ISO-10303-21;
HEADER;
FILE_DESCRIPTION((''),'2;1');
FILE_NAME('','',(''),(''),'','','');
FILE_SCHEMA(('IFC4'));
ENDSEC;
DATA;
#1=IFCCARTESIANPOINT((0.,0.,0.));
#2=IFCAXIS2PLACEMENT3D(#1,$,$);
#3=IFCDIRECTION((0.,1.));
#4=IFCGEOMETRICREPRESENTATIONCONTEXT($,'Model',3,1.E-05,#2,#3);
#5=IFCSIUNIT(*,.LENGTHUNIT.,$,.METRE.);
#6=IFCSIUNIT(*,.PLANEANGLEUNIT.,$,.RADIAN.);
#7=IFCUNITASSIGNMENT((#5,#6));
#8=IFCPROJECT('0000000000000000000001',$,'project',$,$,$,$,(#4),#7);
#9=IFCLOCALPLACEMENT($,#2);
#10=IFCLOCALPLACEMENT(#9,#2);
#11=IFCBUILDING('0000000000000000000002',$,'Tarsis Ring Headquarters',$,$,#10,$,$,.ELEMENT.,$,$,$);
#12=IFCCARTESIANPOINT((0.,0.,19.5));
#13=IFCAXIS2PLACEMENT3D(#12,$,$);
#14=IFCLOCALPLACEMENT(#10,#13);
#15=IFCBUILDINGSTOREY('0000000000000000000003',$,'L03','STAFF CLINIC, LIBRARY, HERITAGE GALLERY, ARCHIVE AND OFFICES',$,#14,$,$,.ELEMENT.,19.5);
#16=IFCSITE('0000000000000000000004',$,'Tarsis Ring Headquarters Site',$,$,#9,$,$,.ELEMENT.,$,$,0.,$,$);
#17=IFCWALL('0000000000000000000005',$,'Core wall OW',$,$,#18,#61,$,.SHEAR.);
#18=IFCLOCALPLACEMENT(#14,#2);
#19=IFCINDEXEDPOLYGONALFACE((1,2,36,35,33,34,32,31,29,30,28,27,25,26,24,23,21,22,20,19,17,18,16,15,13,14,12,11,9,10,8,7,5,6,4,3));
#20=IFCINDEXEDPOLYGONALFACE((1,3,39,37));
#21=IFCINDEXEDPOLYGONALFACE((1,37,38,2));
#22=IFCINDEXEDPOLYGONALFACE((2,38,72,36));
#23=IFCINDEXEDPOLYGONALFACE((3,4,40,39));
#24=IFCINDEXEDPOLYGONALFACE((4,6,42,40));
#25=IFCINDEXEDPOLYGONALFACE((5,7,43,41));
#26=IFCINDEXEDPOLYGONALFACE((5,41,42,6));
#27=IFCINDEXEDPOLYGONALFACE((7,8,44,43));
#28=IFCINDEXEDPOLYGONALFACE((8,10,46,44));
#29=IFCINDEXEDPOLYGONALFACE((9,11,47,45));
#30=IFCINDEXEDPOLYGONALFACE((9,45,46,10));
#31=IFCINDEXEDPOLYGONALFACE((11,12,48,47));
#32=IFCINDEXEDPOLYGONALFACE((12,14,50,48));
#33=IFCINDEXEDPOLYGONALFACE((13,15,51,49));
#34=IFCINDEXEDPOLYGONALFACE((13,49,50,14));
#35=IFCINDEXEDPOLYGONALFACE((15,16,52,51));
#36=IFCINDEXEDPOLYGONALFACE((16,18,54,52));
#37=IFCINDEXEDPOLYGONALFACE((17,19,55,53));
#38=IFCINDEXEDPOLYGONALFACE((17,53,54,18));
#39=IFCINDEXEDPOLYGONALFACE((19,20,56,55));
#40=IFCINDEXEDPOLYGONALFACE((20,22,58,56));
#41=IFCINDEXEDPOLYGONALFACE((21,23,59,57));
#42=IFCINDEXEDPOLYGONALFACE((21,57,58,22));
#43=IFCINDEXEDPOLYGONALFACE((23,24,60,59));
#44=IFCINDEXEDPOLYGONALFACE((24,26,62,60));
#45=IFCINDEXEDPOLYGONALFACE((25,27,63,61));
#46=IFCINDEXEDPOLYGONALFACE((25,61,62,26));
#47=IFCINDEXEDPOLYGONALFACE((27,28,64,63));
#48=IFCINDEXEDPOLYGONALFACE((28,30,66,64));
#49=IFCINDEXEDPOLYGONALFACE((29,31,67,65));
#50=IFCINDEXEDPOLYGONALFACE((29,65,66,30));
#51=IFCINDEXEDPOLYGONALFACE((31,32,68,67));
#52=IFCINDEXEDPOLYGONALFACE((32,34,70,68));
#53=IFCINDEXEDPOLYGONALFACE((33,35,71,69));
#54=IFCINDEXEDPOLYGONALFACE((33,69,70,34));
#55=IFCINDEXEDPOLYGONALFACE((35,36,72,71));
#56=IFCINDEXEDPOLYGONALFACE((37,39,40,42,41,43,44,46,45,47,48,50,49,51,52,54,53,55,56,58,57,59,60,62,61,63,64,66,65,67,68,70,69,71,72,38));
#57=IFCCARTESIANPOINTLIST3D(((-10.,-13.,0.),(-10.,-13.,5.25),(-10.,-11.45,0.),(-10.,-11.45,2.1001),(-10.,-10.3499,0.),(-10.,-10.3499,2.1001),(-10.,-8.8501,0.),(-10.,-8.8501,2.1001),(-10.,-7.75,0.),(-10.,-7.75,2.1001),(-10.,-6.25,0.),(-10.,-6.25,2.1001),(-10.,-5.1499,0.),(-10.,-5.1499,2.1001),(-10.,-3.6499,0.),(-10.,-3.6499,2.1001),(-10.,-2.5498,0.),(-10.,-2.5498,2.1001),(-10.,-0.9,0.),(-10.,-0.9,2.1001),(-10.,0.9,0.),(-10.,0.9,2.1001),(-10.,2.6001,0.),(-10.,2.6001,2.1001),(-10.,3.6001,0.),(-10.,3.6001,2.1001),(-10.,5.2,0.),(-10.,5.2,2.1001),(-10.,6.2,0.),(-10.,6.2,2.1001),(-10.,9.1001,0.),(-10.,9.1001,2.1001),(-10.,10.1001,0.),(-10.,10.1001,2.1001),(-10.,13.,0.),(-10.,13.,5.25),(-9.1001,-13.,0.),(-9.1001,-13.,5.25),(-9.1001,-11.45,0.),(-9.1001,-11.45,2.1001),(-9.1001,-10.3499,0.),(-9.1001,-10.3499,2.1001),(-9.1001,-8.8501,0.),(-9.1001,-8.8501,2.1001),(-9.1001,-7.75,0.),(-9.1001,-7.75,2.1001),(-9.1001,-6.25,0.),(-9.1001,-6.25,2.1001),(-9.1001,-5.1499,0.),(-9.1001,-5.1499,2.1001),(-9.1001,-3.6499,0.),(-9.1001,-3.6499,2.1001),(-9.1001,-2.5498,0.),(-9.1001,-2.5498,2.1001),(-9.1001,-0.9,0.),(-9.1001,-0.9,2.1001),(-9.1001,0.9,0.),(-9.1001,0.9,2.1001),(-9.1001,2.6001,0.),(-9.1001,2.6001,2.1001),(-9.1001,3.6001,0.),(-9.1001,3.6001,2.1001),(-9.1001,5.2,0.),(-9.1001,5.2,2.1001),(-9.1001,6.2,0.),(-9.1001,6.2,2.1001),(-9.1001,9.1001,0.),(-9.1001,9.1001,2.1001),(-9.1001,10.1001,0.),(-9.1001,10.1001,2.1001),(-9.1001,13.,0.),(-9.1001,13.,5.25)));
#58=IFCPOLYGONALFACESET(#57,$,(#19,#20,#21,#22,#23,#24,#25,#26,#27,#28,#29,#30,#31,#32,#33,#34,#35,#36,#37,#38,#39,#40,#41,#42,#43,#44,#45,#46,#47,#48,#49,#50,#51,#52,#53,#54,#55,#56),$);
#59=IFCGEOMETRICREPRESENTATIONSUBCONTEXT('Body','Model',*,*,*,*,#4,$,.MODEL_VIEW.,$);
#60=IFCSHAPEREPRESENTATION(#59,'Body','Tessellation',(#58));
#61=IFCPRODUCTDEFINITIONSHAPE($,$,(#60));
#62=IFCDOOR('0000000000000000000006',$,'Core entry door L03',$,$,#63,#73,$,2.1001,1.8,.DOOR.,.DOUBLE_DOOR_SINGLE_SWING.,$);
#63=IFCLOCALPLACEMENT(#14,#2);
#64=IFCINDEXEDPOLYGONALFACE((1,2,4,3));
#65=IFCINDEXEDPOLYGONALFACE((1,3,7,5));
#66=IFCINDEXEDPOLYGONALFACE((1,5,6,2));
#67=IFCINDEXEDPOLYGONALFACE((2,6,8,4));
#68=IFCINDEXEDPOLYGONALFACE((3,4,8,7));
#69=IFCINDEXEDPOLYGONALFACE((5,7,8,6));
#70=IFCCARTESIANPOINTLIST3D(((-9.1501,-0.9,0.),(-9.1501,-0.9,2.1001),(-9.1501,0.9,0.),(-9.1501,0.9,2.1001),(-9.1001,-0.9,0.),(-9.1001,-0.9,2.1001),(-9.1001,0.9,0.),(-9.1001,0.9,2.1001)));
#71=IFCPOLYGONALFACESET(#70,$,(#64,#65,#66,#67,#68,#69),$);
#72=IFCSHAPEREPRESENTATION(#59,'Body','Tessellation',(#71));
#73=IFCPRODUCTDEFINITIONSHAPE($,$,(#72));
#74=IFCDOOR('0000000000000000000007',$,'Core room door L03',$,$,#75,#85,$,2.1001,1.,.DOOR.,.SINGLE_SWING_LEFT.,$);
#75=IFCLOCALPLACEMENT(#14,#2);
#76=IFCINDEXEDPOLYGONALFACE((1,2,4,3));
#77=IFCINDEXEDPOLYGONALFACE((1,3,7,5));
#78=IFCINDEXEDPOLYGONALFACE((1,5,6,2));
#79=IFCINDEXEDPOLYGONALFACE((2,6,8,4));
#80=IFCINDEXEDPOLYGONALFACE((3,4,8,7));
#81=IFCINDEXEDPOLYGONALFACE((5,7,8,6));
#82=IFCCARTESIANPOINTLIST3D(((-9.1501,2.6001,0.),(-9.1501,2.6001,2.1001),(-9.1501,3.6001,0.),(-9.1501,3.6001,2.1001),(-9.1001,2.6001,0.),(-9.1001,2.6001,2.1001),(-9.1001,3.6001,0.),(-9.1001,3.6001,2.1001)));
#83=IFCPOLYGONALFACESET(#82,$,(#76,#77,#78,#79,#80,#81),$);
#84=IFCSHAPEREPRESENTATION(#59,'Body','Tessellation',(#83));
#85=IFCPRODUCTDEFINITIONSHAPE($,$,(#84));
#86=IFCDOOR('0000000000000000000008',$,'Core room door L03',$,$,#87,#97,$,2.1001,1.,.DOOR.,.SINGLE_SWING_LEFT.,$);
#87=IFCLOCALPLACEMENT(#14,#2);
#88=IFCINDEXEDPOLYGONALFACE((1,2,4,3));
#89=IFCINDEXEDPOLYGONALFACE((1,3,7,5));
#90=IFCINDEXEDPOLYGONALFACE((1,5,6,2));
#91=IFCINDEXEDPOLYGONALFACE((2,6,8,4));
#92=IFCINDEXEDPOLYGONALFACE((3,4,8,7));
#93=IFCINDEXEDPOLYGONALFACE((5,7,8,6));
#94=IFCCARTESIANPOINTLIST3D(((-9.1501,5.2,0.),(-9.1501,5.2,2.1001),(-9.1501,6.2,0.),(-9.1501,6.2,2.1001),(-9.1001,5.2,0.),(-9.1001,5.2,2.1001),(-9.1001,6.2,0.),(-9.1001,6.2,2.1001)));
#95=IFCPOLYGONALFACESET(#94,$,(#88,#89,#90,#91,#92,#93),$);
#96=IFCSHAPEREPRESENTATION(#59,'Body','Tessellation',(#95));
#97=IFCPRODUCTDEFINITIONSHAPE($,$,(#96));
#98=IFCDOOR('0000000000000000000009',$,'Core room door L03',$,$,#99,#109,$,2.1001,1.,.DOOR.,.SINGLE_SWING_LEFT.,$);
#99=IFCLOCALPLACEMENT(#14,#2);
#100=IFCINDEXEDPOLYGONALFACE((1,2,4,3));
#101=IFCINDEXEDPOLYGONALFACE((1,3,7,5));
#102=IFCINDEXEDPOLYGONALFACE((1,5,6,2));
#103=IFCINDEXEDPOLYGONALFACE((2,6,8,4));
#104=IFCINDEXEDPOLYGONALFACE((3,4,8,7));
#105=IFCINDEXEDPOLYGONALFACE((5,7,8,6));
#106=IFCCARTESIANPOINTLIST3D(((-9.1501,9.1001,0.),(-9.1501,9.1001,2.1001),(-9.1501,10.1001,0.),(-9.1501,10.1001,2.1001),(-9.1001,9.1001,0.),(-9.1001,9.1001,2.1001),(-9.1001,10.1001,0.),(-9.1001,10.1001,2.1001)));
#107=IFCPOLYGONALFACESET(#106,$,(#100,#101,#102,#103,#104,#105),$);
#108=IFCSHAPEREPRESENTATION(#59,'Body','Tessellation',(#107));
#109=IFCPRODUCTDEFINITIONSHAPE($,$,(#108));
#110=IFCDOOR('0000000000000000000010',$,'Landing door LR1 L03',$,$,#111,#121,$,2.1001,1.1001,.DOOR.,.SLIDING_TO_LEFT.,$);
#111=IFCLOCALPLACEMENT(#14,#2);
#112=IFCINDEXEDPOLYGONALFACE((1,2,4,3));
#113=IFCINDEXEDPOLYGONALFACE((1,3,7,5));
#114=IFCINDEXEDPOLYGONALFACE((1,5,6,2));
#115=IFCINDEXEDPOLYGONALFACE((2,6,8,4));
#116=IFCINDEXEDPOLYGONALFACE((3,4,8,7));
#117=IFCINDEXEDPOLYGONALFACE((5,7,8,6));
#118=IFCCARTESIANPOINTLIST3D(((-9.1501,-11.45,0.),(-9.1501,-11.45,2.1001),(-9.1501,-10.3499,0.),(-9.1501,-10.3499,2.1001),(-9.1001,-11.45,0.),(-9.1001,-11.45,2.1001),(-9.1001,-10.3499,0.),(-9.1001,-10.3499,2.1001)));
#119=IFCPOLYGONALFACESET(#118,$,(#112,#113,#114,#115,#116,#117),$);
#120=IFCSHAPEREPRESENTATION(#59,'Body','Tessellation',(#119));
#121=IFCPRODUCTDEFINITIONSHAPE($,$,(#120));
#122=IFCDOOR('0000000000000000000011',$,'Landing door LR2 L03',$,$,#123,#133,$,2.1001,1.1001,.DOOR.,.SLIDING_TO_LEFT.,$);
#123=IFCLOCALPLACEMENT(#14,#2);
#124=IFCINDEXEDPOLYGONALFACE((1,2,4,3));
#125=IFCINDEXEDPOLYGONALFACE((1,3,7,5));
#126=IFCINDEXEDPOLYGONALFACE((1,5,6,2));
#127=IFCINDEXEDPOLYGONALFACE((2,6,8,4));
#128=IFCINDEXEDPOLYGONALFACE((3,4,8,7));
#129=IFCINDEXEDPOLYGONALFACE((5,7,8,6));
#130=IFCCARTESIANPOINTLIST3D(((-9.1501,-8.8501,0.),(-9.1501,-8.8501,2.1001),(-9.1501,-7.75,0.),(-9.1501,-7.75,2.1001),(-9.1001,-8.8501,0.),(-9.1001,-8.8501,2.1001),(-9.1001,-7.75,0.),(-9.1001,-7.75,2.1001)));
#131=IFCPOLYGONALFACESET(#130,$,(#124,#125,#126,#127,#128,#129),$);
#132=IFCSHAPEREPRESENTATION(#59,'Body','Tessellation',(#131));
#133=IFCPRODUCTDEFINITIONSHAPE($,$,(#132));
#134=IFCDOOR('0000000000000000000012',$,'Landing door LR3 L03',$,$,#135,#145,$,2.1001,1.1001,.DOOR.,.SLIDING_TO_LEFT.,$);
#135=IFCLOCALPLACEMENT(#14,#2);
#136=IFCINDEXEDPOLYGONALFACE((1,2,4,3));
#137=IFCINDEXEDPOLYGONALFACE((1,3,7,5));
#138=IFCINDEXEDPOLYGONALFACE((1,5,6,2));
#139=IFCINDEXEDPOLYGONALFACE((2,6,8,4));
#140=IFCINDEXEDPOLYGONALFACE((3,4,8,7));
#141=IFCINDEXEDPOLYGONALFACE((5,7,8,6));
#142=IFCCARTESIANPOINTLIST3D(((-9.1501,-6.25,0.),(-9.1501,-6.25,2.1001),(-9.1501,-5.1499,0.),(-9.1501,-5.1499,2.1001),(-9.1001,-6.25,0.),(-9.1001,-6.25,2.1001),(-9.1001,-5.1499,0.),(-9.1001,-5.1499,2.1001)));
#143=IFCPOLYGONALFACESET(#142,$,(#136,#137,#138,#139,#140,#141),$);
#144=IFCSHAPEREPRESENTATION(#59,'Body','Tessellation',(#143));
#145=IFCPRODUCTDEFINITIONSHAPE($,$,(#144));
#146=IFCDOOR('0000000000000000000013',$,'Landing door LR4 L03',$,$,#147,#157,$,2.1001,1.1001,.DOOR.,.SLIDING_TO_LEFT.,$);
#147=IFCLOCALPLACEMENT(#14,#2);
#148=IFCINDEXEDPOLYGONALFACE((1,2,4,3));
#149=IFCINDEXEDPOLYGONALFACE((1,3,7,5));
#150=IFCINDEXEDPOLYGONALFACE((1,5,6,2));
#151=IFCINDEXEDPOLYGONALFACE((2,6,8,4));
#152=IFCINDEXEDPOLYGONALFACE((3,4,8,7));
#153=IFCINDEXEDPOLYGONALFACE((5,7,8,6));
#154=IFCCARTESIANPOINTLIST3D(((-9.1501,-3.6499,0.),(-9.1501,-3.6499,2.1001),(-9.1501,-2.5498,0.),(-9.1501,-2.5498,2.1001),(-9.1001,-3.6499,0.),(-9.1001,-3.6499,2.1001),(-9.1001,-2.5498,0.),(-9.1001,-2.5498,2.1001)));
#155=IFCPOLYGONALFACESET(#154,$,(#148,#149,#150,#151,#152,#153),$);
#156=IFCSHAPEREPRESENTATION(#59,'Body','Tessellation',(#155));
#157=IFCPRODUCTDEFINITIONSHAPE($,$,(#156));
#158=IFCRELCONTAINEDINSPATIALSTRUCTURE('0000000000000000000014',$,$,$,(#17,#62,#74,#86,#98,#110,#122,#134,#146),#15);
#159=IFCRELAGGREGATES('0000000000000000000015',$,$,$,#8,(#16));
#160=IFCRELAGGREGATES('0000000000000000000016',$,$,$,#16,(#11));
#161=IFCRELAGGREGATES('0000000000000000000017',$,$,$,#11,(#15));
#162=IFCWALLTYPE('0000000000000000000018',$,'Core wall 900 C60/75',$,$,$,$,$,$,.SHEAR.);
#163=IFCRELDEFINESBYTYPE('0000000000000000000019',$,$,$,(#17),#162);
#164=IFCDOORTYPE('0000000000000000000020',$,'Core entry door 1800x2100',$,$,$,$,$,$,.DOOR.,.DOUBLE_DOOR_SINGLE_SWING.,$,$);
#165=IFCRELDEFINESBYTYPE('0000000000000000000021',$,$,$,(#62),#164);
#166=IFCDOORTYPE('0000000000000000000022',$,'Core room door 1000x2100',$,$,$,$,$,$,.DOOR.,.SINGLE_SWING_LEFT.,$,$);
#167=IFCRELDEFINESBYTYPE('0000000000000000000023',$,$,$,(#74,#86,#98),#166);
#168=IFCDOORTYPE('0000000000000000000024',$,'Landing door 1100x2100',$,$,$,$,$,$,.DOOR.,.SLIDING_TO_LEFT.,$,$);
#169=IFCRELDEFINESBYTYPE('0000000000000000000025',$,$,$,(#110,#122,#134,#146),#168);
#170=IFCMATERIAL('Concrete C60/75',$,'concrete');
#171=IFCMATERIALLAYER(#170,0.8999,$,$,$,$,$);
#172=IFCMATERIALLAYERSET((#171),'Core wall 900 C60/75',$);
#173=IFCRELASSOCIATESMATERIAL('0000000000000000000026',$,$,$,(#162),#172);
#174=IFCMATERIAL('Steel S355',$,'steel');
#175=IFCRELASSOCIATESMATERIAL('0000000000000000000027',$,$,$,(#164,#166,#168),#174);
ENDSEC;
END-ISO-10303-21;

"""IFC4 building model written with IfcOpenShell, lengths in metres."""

from ifc_helpers import new_model, si_unit, direction, frame, frame_2d, origin, place, context, subcontext, project, spatial, rectangle, extrude, material, layer, layer_set, type_object, element, fill, save


model = new_model("IFC4")

# Units and contexts
model_context = context("Model", 3, precision=1e-05, world=origin(), true_north=direction((0.0, 1.0)))
body_context = subcontext(model_context, "Body", "Model", "MODEL_VIEW")
ifc_project = project(units=[si_unit("LENGTHUNIT", "METRE"), si_unit("PLANEANGLEUNIT", "RADIAN")], contexts=[model_context])

# Site, building, storey
site_placement = place(None, origin())
site = spatial("IfcSite", under=ifc_project, at=site_placement, Name="Tarsis Ring Headquarters Site", CompositionType="ELEMENT", RefElevation=0.0)
building_placement = place(site_placement, origin())
building = spatial("IfcBuilding", under=site, at=building_placement, Name="Tarsis Ring Headquarters", CompositionType="ELEMENT")
storey_placement = place(building_placement, frame((0.0, 0.0, 19.5)))
storey = spatial("IfcBuildingStorey", under=building, at=storey_placement, Name="L03", Description="STAFF CLINIC, LIBRARY, HERITAGE GALLERY, ARCHIVE AND OFFICES", CompositionType="ELEMENT", Elevation=19.5)

# Shared definitions
ifc_material_1 = material(Name="Concrete C60/75", Category="concrete")

# Wall, openings, doors
ifc_layer_1 = layer(ifc_material_1, 0.8999)
ifc_layer_set_1 = layer_set([ifc_layer_1], Name="Core wall 900 C60/75")
wall_type_1 = type_object("IfcWallType", Name="Core wall 900 C60/75", PredefinedType="SHEAR", material=ifc_layer_set_1)
wall_1_placement = place(storey_placement, frame((-9.55, -13.0, 0.0), z_axis=(0.0, 0.0, 1.0), x_axis=(0.0, 1.0, 0.0)))
wall_1 = element("IfcWall", 1, at=wall_1_placement, inside=storey, type_object=wall_type_1, Name="Core wall OW", PredefinedType="SHEAR", context=body_context, shape_type="SweptSolid", body=[
    extrude(rectangle(XDim=26.0, YDim=0.8999, at=frame_2d((13.0, 0.0))), origin(), (0.0, 0.0, 1.0), 5.25),
])
opening_1_placement = place(wall_1_placement, frame((1.55, 0.0, 0.0)))
opening_1 = element("IfcOpeningElement", 2, at=opening_1_placement, cuts=wall_1, PredefinedType="OPENING", context=body_context, shape_type="SweptSolid", body=[
    extrude(rectangle(XDim=1.1001, YDim=2.1001, at=frame_2d((0.55, 1.05))), frame((0.0, 0.46, 0.0), z_axis=(0.0, -1.0, 0.0), x_axis=(1.0, 0.0, 0.0)), (0.0, 0.0, 1.0), 0.9199),
])
opening_2_placement = place(wall_1_placement, frame((4.1499, 0.0, 0.0)))
opening_2 = element("IfcOpeningElement", 3, at=opening_2_placement, cuts=wall_1, PredefinedType="OPENING", context=body_context, shape_type="SweptSolid", body=[
    extrude(rectangle(XDim=1.1001, YDim=2.1001, at=frame_2d((0.55, 1.05))), frame((0.0, 0.46, 0.0), z_axis=(0.0, -1.0, 0.0), x_axis=(1.0, 0.0, 0.0)), (0.0, 0.0, 1.0), 0.9199),
])
opening_3_placement = place(wall_1_placement, frame((6.75, 0.0, 0.0)))
opening_3 = element("IfcOpeningElement", 4, at=opening_3_placement, cuts=wall_1, PredefinedType="OPENING", context=body_context, shape_type="SweptSolid", body=[
    extrude(rectangle(XDim=1.1001, YDim=2.1001, at=frame_2d((0.55, 1.05))), frame((0.0, 0.46, 0.0), z_axis=(0.0, -1.0, 0.0), x_axis=(1.0, 0.0, 0.0)), (0.0, 0.0, 1.0), 0.9199),
])
opening_4_placement = place(wall_1_placement, frame((9.3501, 0.0, 0.0)))
opening_4 = element("IfcOpeningElement", 5, at=opening_4_placement, cuts=wall_1, PredefinedType="OPENING", context=body_context, shape_type="SweptSolid", body=[
    extrude(rectangle(XDim=1.1001, YDim=2.1001, at=frame_2d((0.55, 1.05))), frame((0.0, 0.46, 0.0), z_axis=(0.0, -1.0, 0.0), x_axis=(1.0, 0.0, 0.0)), (0.0, 0.0, 1.0), 0.9199),
])
opening_5_placement = place(wall_1_placement, frame((12.1001, 0.0, 0.0)))
opening_5 = element("IfcOpeningElement", 6, at=opening_5_placement, cuts=wall_1, PredefinedType="OPENING", context=body_context, shape_type="SweptSolid", body=[
    extrude(rectangle(XDim=1.8, YDim=2.1001, at=frame_2d((0.8999, 1.05))), frame((0.0, 0.46, 0.0), z_axis=(0.0, -1.0, 0.0), x_axis=(1.0, 0.0, 0.0)), (0.0, 0.0, 1.0), 0.9199),
])
opening_6_placement = place(wall_1_placement, frame((15.6001, 0.0, 0.0)))
opening_6 = element("IfcOpeningElement", 7, at=opening_6_placement, cuts=wall_1, PredefinedType="OPENING", context=body_context, shape_type="SweptSolid", body=[
    extrude(rectangle(XDim=1.0, YDim=2.1001, at=frame_2d((0.5, 1.05))), frame((0.0, 0.46, 0.0), z_axis=(0.0, -1.0, 0.0), x_axis=(1.0, 0.0, 0.0)), (0.0, 0.0, 1.0), 0.9199),
])
opening_7_placement = place(wall_1_placement, frame((18.2, 0.0, 0.0)))
opening_7 = element("IfcOpeningElement", 8, at=opening_7_placement, cuts=wall_1, PredefinedType="OPENING", context=body_context, shape_type="SweptSolid", body=[
    extrude(rectangle(XDim=1.0, YDim=2.1001, at=frame_2d((0.5, 1.05))), frame((0.0, 0.46, 0.0), z_axis=(0.0, -1.0, 0.0), x_axis=(1.0, 0.0, 0.0)), (0.0, 0.0, 1.0), 0.9199),
])
opening_8_placement = place(wall_1_placement, frame((22.1001, 0.0, 0.0)))
opening_8 = element("IfcOpeningElement", 9, at=opening_8_placement, cuts=wall_1, PredefinedType="OPENING", context=body_context, shape_type="SweptSolid", body=[
    extrude(rectangle(XDim=1.0, YDim=2.1001, at=frame_2d((0.5, 1.05))), frame((0.0, 0.46, 0.0), z_axis=(0.0, -1.0, 0.0), x_axis=(1.0, 0.0, 0.0)), (0.0, 0.0, 1.0), 0.9199),
])
ifc_material_2 = material(Name="Steel S355", Category="steel")
door_type_1 = type_object("IfcDoorType", Name="Core entry door 1800x2100", OperationType="DOUBLE_DOOR_SINGLE_SWING", PredefinedType="DOOR", material=ifc_material_2)
door_1_placement = place(opening_5_placement, origin())
door_1 = element("IfcDoor", 10, at=door_1_placement, inside=storey, type_object=door_type_1, Name="Core entry door L03", OperationType="DOUBLE_DOOR_SINGLE_SWING", OverallHeight=2.1001, OverallWidth=1.8, PredefinedType="DOOR", context=body_context, shape_type="SweptSolid", body=[
    extrude(rectangle(XDim=1.8, YDim=2.1001, at=frame_2d((0.8999, 1.05))), frame((0.0, -0.3999, 0.0), z_axis=(0.0, -1.0, 0.0), x_axis=(1.0, 0.0, 0.0)), (0.0, 0.0, 1.0), 0.05),
])
fill(opening_5, door_1)
door_type_2 = type_object("IfcDoorType", Name="Core room door 1000x2100", OperationType="SINGLE_SWING_LEFT", PredefinedType="DOOR", material=ifc_material_2)
door_2_placement = place(opening_6_placement, origin())
door_2 = element("IfcDoor", 11, at=door_2_placement, inside=storey, type_object=door_type_2, Name="Core room door L03", OperationType="SINGLE_SWING_LEFT", OverallHeight=2.1001, OverallWidth=1.0, PredefinedType="DOOR", context=body_context, shape_type="SweptSolid", body=[
    extrude(rectangle(XDim=1.0, YDim=2.1001, at=frame_2d((0.5, 1.05))), frame((0.0, -0.3999, 0.0), z_axis=(0.0, -1.0, 0.0), x_axis=(1.0, 0.0, 0.0)), (0.0, 0.0, 1.0), 0.05),
])
fill(opening_6, door_2)
door_3_placement = place(opening_7_placement, origin())
door_3 = element("IfcDoor", 12, at=door_3_placement, inside=storey, type_object=door_type_2, Name="Core room door L03", OperationType="SINGLE_SWING_LEFT", OverallHeight=2.1001, OverallWidth=1.0, PredefinedType="DOOR", context=body_context, shape_type="SweptSolid", body=[
    extrude(rectangle(XDim=1.0, YDim=2.1001, at=frame_2d((0.5, 1.05))), frame((0.0, -0.3999, 0.0), z_axis=(0.0, -1.0, 0.0), x_axis=(1.0, 0.0, 0.0)), (0.0, 0.0, 1.0), 0.05),
])
fill(opening_7, door_3)
door_4_placement = place(opening_8_placement, origin())
door_4 = element("IfcDoor", 13, at=door_4_placement, inside=storey, type_object=door_type_2, Name="Core room door L03", OperationType="SINGLE_SWING_LEFT", OverallHeight=2.1001, OverallWidth=1.0, PredefinedType="DOOR", context=body_context, shape_type="SweptSolid", body=[
    extrude(rectangle(XDim=1.0, YDim=2.1001, at=frame_2d((0.5, 1.05))), frame((0.0, -0.3999, 0.0), z_axis=(0.0, -1.0, 0.0), x_axis=(1.0, 0.0, 0.0)), (0.0, 0.0, 1.0), 0.05),
])
fill(opening_8, door_4)
door_type_3 = type_object("IfcDoorType", Name="Landing door 1100x2100", OperationType="SLIDING_TO_LEFT", PredefinedType="DOOR", material=ifc_material_2)
door_5_placement = place(opening_1_placement, origin())
door_5 = element("IfcDoor", 14, at=door_5_placement, inside=storey, type_object=door_type_3, Name="Landing door LR1 L03", OperationType="SLIDING_TO_LEFT", OverallHeight=2.1001, OverallWidth=1.1001, PredefinedType="DOOR", context=body_context, shape_type="SweptSolid", body=[
    extrude(rectangle(XDim=1.1001, YDim=2.1001, at=frame_2d((0.55, 1.05))), frame((0.0, -0.3999, 0.0), z_axis=(0.0, -1.0, 0.0), x_axis=(1.0, 0.0, 0.0)), (0.0, 0.0, 1.0), 0.05),
])
fill(opening_1, door_5)
door_6_placement = place(opening_2_placement, origin())
door_6 = element("IfcDoor", 15, at=door_6_placement, inside=storey, type_object=door_type_3, Name="Landing door LR2 L03", OperationType="SLIDING_TO_LEFT", OverallHeight=2.1001, OverallWidth=1.1001, PredefinedType="DOOR", context=body_context, shape_type="SweptSolid", body=[
    extrude(rectangle(XDim=1.1001, YDim=2.1001, at=frame_2d((0.55, 1.05))), frame((0.0, -0.3999, 0.0), z_axis=(0.0, -1.0, 0.0), x_axis=(1.0, 0.0, 0.0)), (0.0, 0.0, 1.0), 0.05),
])
fill(opening_2, door_6)
door_7_placement = place(opening_3_placement, origin())
door_7 = element("IfcDoor", 16, at=door_7_placement, inside=storey, type_object=door_type_3, Name="Landing door LR3 L03", OperationType="SLIDING_TO_LEFT", OverallHeight=2.1001, OverallWidth=1.1001, PredefinedType="DOOR", context=body_context, shape_type="SweptSolid", body=[
    extrude(rectangle(XDim=1.1001, YDim=2.1001, at=frame_2d((0.55, 1.05))), frame((0.0, -0.3999, 0.0), z_axis=(0.0, -1.0, 0.0), x_axis=(1.0, 0.0, 0.0)), (0.0, 0.0, 1.0), 0.05),
])
fill(opening_3, door_7)
door_8_placement = place(opening_4_placement, origin())
door_8 = element("IfcDoor", 17, at=door_8_placement, inside=storey, type_object=door_type_3, Name="Landing door LR4 L03", OperationType="SLIDING_TO_LEFT", OverallHeight=2.1001, OverallWidth=1.1001, PredefinedType="DOOR", context=body_context, shape_type="SweptSolid", body=[
    extrude(rectangle(XDim=1.1001, YDim=2.1001, at=frame_2d((0.55, 1.05))), frame((0.0, -0.3999, 0.0), z_axis=(0.0, -1.0, 0.0), x_axis=(1.0, 0.0, 0.0)), (0.0, 0.0, 1.0), 0.05),
])
fill(opening_4, door_8)

save(model, "model.ifc")
